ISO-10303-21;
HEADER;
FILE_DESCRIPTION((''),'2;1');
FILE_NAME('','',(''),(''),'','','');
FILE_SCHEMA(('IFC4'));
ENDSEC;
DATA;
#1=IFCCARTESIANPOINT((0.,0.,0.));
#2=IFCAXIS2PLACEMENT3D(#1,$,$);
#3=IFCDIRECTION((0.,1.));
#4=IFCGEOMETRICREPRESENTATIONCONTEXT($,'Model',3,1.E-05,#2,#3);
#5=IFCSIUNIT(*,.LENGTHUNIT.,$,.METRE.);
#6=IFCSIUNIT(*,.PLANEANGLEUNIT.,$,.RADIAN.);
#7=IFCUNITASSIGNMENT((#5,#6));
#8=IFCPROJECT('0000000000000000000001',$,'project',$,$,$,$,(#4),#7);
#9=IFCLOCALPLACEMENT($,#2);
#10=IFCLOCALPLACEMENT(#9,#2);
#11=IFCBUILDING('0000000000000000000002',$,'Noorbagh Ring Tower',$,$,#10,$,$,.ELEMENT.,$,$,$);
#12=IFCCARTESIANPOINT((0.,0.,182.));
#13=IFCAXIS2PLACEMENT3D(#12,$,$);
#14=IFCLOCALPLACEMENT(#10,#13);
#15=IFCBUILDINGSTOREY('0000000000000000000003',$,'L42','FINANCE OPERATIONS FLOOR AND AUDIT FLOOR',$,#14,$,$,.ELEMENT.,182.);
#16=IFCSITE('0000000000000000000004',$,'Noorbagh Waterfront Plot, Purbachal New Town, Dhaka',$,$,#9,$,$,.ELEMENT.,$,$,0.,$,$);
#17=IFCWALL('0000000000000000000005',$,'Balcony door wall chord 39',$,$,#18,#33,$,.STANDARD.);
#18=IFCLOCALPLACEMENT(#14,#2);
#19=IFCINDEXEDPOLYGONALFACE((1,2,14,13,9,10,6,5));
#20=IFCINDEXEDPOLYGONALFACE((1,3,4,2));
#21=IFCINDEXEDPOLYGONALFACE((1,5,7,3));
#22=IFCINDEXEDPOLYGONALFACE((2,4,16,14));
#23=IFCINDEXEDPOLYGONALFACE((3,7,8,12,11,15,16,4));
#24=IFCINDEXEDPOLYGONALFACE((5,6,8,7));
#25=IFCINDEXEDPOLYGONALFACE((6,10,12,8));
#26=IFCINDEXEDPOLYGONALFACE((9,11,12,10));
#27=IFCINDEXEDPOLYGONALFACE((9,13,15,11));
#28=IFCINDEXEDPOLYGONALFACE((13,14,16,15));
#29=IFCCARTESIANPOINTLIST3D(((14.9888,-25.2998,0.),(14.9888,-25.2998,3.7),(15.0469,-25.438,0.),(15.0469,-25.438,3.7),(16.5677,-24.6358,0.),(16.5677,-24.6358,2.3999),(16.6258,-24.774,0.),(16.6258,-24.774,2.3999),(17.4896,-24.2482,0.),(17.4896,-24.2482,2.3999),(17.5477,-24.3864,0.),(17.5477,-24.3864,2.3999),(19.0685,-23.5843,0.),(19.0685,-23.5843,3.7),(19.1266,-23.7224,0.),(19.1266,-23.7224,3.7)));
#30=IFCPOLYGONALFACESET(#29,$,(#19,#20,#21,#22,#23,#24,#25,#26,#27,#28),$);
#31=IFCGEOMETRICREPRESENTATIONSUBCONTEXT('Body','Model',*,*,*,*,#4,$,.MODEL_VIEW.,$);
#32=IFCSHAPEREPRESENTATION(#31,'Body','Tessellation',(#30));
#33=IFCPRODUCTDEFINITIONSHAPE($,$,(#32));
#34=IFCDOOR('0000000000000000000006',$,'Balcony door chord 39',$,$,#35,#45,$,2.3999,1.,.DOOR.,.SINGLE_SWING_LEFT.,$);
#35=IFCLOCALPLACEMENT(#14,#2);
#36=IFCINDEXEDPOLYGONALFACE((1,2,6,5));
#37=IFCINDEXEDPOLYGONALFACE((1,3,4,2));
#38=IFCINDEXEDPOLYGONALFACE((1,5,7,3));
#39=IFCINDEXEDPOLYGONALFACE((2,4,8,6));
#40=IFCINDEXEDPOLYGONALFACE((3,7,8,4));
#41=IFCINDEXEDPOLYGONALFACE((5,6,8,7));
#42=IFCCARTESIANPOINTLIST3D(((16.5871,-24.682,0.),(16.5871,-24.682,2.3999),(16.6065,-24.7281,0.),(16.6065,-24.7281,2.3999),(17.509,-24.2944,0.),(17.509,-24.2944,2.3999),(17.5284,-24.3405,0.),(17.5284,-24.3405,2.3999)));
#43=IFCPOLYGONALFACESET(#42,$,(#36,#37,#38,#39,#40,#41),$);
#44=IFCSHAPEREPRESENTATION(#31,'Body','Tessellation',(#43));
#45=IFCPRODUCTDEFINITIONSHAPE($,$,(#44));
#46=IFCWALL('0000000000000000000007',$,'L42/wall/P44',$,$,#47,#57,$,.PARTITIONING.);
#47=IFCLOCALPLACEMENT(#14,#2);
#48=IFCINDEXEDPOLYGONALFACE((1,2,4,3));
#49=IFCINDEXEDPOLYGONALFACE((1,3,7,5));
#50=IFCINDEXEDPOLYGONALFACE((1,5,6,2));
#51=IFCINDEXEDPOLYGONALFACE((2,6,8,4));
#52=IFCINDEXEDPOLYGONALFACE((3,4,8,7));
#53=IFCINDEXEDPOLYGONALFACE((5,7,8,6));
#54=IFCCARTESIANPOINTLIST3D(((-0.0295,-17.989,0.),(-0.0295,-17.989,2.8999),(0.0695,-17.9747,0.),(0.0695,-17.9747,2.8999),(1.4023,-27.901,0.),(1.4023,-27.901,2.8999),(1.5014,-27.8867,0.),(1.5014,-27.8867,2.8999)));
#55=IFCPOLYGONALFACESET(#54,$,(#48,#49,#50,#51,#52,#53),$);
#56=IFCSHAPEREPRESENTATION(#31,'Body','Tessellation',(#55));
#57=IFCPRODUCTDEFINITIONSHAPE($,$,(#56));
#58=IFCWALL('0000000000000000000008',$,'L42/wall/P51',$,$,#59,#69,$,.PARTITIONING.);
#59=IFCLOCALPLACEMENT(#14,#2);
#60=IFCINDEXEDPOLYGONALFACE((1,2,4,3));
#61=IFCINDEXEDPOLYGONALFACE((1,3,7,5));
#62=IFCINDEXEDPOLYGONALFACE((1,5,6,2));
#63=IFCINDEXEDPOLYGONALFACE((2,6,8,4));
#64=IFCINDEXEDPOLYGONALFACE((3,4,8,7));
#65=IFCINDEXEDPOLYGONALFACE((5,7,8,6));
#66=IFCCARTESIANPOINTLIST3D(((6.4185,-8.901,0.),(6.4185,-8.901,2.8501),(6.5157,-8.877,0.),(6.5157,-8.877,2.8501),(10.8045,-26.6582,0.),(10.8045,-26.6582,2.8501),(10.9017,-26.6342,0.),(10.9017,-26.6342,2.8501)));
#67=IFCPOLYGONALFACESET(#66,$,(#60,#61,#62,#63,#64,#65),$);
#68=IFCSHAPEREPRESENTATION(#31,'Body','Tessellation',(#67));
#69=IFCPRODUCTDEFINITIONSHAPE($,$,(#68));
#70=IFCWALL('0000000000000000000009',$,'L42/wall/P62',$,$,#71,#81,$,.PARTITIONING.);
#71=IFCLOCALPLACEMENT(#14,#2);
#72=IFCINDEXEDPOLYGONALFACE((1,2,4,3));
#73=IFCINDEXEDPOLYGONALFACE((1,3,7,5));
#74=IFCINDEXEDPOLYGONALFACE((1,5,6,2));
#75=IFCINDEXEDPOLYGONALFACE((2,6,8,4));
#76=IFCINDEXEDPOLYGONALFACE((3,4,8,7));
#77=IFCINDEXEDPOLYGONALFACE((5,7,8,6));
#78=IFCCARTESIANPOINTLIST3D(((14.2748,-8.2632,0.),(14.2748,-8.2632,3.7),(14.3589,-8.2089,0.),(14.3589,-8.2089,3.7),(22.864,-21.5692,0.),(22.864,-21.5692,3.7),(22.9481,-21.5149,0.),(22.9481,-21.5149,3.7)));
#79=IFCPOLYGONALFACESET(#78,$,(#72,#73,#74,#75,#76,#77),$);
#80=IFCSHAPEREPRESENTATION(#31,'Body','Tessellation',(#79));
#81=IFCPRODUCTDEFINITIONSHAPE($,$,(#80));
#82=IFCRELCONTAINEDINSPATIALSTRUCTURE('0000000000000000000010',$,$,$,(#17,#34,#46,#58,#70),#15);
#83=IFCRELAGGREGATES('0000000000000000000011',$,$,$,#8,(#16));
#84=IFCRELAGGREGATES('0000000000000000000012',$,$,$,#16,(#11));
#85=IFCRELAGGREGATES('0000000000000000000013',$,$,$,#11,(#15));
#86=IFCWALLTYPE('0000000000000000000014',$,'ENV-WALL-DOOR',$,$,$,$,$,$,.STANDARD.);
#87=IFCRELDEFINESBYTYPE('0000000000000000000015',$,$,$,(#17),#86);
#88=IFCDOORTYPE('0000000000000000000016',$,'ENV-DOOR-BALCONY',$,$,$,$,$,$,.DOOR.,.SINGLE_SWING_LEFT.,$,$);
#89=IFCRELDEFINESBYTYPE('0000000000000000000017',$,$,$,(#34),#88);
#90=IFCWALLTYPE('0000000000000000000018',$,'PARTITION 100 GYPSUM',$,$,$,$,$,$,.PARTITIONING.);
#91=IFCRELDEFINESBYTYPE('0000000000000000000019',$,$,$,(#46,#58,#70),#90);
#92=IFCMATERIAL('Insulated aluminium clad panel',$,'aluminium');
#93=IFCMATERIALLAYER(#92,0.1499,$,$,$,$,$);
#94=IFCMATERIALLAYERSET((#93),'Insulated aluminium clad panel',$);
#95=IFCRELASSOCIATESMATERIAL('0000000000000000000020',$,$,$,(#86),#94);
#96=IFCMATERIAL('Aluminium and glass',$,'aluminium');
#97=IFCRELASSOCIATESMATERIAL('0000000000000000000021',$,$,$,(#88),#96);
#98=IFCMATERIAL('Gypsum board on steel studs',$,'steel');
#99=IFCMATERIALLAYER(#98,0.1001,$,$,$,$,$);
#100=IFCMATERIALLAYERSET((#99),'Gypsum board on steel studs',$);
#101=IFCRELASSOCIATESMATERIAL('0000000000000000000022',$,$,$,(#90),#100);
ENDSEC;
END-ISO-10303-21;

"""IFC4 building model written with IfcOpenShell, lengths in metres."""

from ifc_helpers import new_model, si_unit, direction, frame, frame_2d, origin, place, context, subcontext, project, spatial, rectangle, extrude, material, layer, layer_set, type_object, element, fill, save


model = new_model("IFC4")

# Units and contexts
model_context = context("Model", 3, precision=1e-05, world=origin(), true_north=direction((0.0, 1.0)))
body_context = subcontext(model_context, "Body", "Model", "MODEL_VIEW")
ifc_project = project(units=[si_unit("LENGTHUNIT", "METRE"), si_unit("PLANEANGLEUNIT", "RADIAN")], contexts=[model_context])

# Site, building, storey
site_placement = place(None, origin())
site = spatial("IfcSite", under=ifc_project, at=site_placement, Name="Noorbagh Waterfront Plot, Purbachal New Town, Dhaka", CompositionType="ELEMENT", RefElevation=0.0)
building_placement = place(site_placement, origin())
building = spatial("IfcBuilding", under=site, at=building_placement, Name="Noorbagh Ring Tower", CompositionType="ELEMENT")
storey_placement = place(building_placement, frame((0.0, 0.0, 182.0)))
storey = spatial("IfcBuildingStorey", under=building, at=storey_placement, Name="L42", Description="FINANCE OPERATIONS FLOOR AND AUDIT FLOOR", CompositionType="ELEMENT", Elevation=182.0)

# Wall, opening, door
ifc_material_1 = material(Name="Insulated aluminium clad panel", Category="aluminium")
ifc_layer_1 = layer(ifc_material_1, 0.1499)
ifc_layer_set_1 = layer_set([ifc_layer_1], Name="Insulated aluminium clad panel")
wall_type_1 = type_object("IfcWallType", Name="ENV-WALL-DOOR", PredefinedType="STANDARD", material=ifc_layer_set_1)
wall_1_placement = place(storey_placement, frame((15.0178, -25.3689, 0.0), z_axis=(0.0, 0.0, 1.0), x_axis=(0.921817, 0.387625, 0.0)))
wall_1 = element("IfcWall", 1, at=wall_1_placement, inside=storey, type_object=wall_type_1, Name="Balcony door wall chord 39", PredefinedType="STANDARD", context=body_context, shape_type="SweptSolid", body=[
    extrude(rectangle(XDim=4.4258, YDim=0.1499, at=frame_2d((2.2129, 0.0))), origin(), (0.0, 0.0, 1.0), 3.7),
])
opening_placement = place(wall_1_placement, frame((1.7129, 0.0, 0.0)))
opening = element("IfcOpeningElement", 2, at=opening_placement, cuts=wall_1, PredefinedType="OPENING", context=body_context, shape_type="SweptSolid", body=[
    extrude(rectangle(XDim=1.0, YDim=2.3999, at=frame_2d((0.5, 1.2))), frame((0.0, 0.085, 0.0), z_axis=(0.0, -1.0, 0.0), x_axis=(1.0, 0.0, 0.0)), (0.0, 0.0, 1.0), 0.1699),
])
ifc_material_2 = material(Name="Aluminium and glass", Category="aluminium")
door_type = type_object("IfcDoorType", Name="ENV-DOOR-BALCONY", OperationType="SINGLE_SWING_LEFT", PredefinedType="DOOR", material=ifc_material_2)
door_placement = place(opening_placement, origin())
door = element("IfcDoor", 3, at=door_placement, inside=storey, type_object=door_type, Name="Balcony door chord 39", OperationType="SINGLE_SWING_LEFT", OverallHeight=2.3999, OverallWidth=1.0, PredefinedType="DOOR", context=body_context, shape_type="SweptSolid", body=[
    extrude(rectangle(XDim=1.0, YDim=2.3999, at=frame_2d((0.5, 1.2))), frame((0.0, 0.0249, 0.0), z_axis=(0.0, -1.0, 0.0), x_axis=(1.0, 0.0, 0.0)), (0.0, 0.0, 1.0), 0.05),
])
fill(opening, door)

# Walls
ifc_material_3 = material(Name="Gypsum board on steel studs", Category="steel")
ifc_layer_2 = layer(ifc_material_3, 0.1001)
ifc_layer_set_2 = layer_set([ifc_layer_2], Name="Gypsum board on steel studs")
wall_type_2 = type_object("IfcWallType", Name="PARTITION 100 GYPSUM", PredefinedType="PARTITIONING", material=ifc_layer_set_2)
wall_2_placement = place(storey_placement, frame((0.02, -17.9819, 0.0), z_axis=(0.0, 0.0, 1.0), x_axis=(0.142974, -0.989726, 0.0)))
element("IfcWall", 4, at=wall_2_placement, inside=storey, type_object=wall_type_2, Name="L42/wall/P44", PredefinedType="PARTITIONING", context=body_context, shape_type="SweptSolid", body=[
    extrude(rectangle(XDim=10.0149, YDim=0.1001, at=frame_2d((5.0073, 0.0))), origin(), (0.0, 0.0, 1.0), 2.8999),
])
wall_3_placement = place(storey_placement, frame((6.467, -8.8889, 0.0), z_axis=(0.0, 0.0, 1.0), x_axis=(0.239793, -0.970824, 0.0)))
element("IfcWall", 5, at=wall_3_placement, inside=storey, type_object=wall_type_2, Name="L42/wall/P51", PredefinedType="PARTITIONING", context=body_context, shape_type="SweptSolid", body=[
    extrude(rectangle(XDim=18.2908, YDim=0.1001, at=frame_2d((9.1455, 0.0))), origin(), (0.0, 0.0, 1.0), 2.8501),
])
wall_4_placement = place(storey_placement, frame((14.3169, -8.2361, 0.0), z_axis=(0.0, 0.0, 1.0), x_axis=(0.542334, -0.840163, 0.0)))
element("IfcWall", 6, at=wall_4_placement, inside=storey, type_object=wall_type_2, Name="L42/wall/P62", PredefinedType="PARTITIONING", context=body_context, shape_type="SweptSolid", body=[
    extrude(rectangle(XDim=15.8374, YDim=0.1001, at=frame_2d((7.9187, 0.0))), origin(), (0.0, 0.0, 1.0), 3.7),
])

save(model, "model.ifc")
